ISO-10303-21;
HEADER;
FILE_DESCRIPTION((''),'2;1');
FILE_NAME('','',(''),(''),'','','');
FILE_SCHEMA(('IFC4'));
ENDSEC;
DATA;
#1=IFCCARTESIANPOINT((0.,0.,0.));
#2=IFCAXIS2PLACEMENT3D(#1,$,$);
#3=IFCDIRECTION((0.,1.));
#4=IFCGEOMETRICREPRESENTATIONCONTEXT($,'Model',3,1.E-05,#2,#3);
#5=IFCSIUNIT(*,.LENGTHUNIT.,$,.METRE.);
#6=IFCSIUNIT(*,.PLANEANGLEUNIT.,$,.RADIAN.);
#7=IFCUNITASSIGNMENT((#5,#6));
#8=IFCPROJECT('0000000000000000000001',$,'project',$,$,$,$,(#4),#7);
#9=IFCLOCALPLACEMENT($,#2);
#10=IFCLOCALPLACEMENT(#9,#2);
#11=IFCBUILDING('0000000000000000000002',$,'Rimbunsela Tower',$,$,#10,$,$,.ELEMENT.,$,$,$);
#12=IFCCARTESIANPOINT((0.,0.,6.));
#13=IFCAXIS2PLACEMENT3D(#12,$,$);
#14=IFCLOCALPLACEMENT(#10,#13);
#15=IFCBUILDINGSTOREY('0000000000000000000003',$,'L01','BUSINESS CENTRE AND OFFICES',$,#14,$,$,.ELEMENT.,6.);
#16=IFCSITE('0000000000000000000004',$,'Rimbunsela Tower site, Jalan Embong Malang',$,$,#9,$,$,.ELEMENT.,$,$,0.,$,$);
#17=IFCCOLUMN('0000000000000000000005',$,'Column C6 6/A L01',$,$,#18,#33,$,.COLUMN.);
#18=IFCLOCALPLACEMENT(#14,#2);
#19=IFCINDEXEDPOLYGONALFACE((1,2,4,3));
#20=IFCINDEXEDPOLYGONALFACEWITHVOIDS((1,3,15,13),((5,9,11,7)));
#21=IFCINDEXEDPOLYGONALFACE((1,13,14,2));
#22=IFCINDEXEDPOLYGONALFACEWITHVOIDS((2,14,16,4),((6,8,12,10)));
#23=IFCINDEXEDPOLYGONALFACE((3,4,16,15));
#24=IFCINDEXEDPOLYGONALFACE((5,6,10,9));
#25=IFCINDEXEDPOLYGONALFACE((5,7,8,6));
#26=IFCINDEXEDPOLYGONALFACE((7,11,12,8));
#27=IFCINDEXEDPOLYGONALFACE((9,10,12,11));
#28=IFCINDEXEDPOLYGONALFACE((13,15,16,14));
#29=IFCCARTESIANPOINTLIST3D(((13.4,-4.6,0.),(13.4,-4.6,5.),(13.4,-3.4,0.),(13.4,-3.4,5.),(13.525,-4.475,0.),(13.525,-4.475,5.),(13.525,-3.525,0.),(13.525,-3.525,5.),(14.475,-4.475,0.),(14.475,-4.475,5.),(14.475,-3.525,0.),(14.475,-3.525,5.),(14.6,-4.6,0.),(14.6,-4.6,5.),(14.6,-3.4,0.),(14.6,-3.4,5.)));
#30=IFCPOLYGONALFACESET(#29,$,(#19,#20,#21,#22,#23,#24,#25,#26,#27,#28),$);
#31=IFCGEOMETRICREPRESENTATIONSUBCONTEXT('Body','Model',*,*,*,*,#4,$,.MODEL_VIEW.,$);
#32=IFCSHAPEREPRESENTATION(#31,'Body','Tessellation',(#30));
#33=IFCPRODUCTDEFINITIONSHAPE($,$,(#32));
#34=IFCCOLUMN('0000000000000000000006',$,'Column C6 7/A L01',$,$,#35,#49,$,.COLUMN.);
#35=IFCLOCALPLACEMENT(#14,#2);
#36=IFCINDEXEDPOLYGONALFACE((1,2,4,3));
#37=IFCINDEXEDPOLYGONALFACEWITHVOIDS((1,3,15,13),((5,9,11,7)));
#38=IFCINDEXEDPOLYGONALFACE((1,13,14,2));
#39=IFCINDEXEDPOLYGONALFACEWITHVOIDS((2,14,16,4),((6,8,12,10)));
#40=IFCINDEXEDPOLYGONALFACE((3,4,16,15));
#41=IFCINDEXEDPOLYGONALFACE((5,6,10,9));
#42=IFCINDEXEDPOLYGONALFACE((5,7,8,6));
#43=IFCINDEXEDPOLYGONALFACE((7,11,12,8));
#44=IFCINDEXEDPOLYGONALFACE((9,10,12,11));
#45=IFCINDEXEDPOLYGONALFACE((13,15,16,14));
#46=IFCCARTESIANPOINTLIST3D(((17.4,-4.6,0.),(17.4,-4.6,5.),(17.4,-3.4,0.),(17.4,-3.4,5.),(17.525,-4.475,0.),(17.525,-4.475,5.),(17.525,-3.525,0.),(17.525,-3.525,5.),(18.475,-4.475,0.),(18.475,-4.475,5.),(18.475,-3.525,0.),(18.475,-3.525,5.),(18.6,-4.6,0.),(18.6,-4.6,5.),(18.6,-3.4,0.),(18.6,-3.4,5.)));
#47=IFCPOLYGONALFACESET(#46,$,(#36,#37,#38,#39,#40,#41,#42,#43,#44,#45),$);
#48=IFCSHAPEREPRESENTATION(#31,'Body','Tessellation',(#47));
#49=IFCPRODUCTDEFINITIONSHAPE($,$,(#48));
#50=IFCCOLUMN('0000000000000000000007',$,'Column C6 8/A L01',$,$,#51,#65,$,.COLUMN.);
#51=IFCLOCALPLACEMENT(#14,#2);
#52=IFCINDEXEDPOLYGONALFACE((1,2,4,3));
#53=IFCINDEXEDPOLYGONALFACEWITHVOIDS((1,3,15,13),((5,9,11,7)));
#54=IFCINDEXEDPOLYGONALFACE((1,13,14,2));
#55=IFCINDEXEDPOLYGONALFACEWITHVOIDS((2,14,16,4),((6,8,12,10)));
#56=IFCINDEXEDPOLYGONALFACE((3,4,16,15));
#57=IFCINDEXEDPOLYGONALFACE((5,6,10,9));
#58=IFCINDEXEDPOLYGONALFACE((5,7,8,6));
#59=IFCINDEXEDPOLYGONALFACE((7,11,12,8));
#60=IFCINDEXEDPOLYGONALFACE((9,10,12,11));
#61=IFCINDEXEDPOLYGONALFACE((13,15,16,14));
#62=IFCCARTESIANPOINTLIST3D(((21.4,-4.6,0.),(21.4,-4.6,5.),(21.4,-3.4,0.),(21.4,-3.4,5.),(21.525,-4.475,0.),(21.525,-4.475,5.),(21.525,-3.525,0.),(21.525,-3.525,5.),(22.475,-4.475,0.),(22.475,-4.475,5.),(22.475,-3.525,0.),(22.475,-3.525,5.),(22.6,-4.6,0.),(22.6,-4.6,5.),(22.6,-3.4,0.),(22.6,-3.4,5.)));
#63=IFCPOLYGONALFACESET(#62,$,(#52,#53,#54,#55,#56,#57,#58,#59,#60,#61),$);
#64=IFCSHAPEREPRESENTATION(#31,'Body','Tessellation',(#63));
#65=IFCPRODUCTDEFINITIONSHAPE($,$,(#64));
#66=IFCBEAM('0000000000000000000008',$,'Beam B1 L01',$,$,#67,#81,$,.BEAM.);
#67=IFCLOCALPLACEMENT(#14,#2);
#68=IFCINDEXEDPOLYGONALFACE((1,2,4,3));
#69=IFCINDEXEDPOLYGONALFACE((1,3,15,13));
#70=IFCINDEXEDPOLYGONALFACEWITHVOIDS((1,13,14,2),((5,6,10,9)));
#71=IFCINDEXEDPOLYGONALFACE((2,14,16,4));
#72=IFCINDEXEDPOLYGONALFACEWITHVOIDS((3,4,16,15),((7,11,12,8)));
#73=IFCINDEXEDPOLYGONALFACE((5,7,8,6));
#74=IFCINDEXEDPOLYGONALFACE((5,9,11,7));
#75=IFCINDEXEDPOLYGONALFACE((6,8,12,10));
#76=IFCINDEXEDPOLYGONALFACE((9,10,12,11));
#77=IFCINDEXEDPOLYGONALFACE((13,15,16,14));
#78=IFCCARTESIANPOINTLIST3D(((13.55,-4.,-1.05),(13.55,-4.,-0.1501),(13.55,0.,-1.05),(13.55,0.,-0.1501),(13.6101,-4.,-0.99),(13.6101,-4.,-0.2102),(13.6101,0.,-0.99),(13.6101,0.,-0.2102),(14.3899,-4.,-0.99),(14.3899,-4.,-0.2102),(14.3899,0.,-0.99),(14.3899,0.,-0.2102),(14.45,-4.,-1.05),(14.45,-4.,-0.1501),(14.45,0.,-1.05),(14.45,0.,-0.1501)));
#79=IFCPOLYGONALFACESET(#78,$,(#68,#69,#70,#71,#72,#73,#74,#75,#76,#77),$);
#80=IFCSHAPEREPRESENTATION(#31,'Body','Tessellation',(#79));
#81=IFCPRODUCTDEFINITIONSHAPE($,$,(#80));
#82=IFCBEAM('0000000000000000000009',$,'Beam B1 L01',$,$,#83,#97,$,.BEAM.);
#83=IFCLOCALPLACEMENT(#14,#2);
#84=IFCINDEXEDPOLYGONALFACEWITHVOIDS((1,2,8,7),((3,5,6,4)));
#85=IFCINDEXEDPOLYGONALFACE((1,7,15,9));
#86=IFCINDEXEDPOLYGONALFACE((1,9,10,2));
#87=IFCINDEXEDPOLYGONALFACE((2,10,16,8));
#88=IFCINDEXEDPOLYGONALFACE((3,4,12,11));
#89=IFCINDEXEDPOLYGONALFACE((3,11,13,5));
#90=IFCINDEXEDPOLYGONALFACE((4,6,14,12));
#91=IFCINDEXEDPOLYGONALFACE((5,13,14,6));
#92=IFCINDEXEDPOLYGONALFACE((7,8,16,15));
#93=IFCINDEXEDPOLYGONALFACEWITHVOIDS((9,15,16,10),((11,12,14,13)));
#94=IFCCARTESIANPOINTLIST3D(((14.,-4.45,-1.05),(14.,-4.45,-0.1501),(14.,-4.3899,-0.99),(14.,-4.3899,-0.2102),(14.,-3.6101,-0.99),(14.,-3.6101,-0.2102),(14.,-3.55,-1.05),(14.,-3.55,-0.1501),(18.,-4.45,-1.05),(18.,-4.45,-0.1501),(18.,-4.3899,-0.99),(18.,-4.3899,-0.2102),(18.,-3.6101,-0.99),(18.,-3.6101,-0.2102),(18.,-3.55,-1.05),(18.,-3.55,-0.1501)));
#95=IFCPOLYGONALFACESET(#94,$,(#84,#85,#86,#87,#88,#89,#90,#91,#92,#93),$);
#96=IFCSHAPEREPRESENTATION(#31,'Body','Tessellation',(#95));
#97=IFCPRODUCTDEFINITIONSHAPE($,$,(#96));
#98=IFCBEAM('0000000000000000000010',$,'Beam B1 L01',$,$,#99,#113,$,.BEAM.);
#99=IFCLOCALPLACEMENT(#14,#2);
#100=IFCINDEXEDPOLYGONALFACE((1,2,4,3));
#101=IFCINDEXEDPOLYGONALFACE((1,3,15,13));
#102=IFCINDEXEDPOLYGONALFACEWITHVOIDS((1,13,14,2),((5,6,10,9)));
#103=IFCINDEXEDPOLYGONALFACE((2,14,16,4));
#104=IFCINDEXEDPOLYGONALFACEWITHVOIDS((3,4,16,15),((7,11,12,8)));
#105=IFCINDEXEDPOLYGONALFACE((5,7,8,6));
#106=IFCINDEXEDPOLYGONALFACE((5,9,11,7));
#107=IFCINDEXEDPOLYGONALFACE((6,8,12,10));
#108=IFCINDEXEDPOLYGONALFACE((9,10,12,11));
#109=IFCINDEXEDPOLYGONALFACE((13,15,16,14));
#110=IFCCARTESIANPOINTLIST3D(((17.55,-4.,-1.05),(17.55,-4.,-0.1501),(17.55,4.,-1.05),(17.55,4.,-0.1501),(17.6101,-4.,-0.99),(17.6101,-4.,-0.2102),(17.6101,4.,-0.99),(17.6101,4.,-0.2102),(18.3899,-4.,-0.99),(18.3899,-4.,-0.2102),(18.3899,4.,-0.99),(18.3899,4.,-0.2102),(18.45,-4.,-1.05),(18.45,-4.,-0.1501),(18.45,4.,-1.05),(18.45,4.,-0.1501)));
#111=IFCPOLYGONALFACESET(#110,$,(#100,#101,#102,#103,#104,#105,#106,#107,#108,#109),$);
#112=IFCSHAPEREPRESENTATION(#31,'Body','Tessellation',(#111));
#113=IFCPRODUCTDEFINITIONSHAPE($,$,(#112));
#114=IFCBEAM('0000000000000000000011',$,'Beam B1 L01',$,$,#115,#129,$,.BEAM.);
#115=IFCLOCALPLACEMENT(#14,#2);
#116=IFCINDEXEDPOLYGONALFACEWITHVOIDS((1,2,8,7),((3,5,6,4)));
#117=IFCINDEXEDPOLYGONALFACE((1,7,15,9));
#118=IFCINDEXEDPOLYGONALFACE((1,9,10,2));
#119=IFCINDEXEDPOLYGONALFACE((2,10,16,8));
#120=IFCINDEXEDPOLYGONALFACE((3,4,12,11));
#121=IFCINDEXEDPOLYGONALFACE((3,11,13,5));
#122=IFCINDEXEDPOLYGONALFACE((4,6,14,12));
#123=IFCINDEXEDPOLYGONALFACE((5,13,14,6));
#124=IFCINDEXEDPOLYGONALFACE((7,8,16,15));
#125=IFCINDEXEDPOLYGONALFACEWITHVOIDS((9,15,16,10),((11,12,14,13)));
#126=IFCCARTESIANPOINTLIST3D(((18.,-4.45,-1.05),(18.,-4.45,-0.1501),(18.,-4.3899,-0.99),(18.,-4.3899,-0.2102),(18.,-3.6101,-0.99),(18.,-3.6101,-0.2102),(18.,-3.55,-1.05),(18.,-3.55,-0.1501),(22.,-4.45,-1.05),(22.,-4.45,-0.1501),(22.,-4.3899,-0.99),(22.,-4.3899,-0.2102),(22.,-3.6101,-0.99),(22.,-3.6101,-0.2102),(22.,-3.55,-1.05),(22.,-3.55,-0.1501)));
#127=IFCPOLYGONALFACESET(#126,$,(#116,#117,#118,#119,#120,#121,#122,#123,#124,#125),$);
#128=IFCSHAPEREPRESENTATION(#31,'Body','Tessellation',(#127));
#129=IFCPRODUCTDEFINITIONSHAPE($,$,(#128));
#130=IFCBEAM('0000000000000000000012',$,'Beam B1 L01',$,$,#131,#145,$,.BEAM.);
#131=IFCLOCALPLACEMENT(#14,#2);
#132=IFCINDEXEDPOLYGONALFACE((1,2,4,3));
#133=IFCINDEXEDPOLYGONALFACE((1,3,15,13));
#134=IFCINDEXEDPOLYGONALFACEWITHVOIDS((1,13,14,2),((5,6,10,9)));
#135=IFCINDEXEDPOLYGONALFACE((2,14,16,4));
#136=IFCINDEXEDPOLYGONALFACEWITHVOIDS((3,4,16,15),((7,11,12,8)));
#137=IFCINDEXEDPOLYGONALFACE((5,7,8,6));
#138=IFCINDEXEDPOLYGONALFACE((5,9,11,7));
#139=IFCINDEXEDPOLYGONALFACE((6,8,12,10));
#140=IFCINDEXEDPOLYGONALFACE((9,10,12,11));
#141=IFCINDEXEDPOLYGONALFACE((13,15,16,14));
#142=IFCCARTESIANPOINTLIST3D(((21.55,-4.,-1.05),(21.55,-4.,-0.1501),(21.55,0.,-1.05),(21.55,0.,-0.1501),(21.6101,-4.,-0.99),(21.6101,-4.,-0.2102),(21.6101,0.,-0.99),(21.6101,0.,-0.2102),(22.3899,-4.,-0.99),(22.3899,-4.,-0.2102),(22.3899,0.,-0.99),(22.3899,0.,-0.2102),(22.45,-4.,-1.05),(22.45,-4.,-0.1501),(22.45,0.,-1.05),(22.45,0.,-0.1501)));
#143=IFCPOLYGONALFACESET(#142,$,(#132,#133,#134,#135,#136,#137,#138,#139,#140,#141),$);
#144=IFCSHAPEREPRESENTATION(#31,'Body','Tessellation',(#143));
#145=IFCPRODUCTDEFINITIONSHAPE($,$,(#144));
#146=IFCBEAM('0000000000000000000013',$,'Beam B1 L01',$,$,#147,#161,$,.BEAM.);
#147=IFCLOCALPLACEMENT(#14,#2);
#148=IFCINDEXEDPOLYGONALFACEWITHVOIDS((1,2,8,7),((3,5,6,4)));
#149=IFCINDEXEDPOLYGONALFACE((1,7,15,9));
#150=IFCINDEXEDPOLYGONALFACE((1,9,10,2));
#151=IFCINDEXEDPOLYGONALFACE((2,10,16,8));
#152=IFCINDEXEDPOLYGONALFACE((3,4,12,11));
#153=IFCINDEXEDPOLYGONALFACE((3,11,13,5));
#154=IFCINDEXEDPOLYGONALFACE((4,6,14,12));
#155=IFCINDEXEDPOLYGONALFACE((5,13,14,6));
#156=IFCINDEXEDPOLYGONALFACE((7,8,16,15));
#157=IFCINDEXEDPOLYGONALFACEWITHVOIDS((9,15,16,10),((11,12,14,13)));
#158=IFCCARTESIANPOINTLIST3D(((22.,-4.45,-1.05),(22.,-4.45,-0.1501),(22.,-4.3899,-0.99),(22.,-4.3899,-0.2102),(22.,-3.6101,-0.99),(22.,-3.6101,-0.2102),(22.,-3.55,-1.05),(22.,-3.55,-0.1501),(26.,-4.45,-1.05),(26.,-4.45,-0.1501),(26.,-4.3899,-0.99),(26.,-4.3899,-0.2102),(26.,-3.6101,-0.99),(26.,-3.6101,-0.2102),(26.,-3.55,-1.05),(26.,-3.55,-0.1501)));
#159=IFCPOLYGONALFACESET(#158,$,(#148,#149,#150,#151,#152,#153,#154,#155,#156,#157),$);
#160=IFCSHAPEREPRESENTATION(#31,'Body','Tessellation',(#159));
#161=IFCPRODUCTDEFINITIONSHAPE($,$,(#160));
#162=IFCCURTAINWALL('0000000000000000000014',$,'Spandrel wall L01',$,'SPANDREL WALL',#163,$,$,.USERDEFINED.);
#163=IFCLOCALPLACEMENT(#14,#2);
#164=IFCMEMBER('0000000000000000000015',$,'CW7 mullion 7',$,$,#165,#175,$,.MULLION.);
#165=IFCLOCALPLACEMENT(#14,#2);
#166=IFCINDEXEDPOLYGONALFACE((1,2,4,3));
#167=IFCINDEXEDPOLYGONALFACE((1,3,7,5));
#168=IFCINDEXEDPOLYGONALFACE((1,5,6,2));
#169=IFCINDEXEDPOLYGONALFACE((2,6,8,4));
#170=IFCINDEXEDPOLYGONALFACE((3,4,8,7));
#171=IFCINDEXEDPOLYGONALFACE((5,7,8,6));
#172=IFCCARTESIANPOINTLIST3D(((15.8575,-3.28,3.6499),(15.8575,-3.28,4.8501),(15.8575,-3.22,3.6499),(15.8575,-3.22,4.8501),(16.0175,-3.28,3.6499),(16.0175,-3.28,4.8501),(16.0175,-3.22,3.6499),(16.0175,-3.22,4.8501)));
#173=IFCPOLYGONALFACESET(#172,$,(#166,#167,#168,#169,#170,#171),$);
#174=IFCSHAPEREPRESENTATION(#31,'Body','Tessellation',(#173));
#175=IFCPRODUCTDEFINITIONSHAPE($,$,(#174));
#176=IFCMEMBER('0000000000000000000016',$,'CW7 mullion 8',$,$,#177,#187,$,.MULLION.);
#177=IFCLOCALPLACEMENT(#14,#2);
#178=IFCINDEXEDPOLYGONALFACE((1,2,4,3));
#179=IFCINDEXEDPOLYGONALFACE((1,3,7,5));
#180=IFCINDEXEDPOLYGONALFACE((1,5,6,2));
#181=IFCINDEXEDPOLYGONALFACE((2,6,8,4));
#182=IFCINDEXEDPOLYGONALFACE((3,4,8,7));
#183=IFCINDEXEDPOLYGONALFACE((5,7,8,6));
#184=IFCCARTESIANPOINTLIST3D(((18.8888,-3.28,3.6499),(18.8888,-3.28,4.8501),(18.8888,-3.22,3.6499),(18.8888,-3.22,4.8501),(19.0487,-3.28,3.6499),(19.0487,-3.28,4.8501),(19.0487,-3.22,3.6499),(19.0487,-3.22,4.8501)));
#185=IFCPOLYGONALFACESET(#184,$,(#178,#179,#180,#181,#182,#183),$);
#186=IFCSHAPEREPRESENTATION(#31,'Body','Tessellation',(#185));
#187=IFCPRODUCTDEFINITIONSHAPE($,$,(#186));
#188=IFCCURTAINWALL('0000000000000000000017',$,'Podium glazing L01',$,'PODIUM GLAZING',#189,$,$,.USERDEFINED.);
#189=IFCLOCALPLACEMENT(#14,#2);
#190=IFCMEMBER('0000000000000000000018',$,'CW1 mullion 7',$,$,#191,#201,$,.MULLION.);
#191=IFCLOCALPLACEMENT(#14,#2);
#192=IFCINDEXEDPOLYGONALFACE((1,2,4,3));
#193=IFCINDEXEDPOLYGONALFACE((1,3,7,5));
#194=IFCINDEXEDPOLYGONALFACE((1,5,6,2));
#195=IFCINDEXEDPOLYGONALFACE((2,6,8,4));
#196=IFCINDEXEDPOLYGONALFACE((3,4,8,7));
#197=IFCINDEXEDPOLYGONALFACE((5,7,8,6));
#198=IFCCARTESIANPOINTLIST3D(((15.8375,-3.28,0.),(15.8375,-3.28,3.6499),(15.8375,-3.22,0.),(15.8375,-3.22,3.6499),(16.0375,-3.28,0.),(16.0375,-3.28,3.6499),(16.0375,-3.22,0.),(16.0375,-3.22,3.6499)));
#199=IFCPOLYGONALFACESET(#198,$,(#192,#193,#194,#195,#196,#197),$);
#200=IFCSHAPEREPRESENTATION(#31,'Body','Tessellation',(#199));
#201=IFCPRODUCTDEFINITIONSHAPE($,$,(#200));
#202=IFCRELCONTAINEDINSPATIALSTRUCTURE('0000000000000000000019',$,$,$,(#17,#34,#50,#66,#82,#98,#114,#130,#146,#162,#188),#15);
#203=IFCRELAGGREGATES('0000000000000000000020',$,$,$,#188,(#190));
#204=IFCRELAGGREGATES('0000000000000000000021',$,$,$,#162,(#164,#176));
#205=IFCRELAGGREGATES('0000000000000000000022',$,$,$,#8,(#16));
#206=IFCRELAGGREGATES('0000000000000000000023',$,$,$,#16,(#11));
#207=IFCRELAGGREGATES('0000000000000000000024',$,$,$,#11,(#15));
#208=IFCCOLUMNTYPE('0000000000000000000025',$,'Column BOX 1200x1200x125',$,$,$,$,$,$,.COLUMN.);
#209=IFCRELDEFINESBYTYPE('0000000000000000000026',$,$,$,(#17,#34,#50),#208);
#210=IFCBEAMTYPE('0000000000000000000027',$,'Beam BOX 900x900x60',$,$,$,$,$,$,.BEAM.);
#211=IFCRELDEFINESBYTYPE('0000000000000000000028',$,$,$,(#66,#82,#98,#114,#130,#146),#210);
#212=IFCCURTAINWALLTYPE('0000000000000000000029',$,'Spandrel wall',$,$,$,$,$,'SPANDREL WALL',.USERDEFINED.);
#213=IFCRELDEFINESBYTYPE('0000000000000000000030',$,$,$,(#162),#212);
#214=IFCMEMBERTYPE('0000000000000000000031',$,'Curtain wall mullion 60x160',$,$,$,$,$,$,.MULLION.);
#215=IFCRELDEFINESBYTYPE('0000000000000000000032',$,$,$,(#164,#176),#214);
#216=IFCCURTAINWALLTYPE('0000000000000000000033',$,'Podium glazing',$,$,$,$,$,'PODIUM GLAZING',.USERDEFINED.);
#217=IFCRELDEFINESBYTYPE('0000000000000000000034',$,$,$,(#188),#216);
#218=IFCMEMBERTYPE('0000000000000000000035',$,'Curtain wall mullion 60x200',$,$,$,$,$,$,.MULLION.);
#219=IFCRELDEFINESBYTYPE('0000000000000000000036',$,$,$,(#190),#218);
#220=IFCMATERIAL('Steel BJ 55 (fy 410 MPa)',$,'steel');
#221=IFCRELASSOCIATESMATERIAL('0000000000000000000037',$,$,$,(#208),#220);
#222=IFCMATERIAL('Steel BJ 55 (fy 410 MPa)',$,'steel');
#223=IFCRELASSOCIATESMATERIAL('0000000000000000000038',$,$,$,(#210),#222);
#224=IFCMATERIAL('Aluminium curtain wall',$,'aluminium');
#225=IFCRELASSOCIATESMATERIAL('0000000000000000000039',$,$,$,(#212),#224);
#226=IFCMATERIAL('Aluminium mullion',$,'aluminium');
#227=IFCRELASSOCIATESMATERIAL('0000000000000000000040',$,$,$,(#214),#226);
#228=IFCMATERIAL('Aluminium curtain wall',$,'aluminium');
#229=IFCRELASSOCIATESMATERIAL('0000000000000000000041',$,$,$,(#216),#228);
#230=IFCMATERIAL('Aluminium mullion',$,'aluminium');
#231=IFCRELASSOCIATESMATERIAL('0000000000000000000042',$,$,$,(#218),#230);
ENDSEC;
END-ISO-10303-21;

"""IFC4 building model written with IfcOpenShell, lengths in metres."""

from ifc_helpers import new_model, si_unit, direction, frame, origin, origin_2d, place, context, subcontext, project, spatial, rectangle, hollow_rectangle, extrude, material, material_profile, profile_set, type_object, element, aggregate, save


model = new_model("IFC4")

# Units and contexts
model_context = context("Model", 3, precision=1e-05, world=origin(), true_north=direction((0.0, 1.0)))
body_context = subcontext(model_context, "Body", "Model", "MODEL_VIEW")
ifc_project = project(units=[si_unit("LENGTHUNIT", "METRE"), si_unit("PLANEANGLEUNIT", "RADIAN")], contexts=[model_context])

# Site, building, storey
site_placement = place(None, origin())
site = spatial("IfcSite", under=ifc_project, at=site_placement, Name="Rimbunsela Tower site, Jalan Embong Malang", CompositionType="ELEMENT", RefElevation=0.0)
building_placement = place(site_placement, origin())
building = spatial("IfcBuilding", under=site, at=building_placement, Name="Rimbunsela Tower", CompositionType="ELEMENT")
storey_placement = place(building_placement, frame((0.0, 0.0, 6.0)))
storey = spatial("IfcBuildingStorey", under=building, at=storey_placement, Name="L01", Description="BUSINESS CENTRE AND OFFICES", CompositionType="ELEMENT", Elevation=6.0)

# Columns
ifc_material_1 = material(Name="Steel BJ 55 (fy 410 MPa)", Category="steel")
ifc_material_profile_1 = material_profile(ifc_material_1, hollow_rectangle(XDim=1.2, YDim=1.2, WallThickness=0.125, at=origin_2d()), Name="BOX 1200x1200x125")
ifc_profile_set_1 = profile_set([ifc_material_profile_1], Name="Steel BJ 55 (fy 410 MPa)")
column_type = type_object("IfcColumnType", Name="Column BOX 1200x1200x125", PredefinedType="COLUMN", material=ifc_profile_set_1)
for number, where, z_axis, x_axis, name in (
    (1, (14.0, -4.0, 0.0), (0.0, 0.0, 1.0), (1.0, 0.0, 0.0), "Column C6 6/A L01"),
    (2, (18.0, -4.0, 0.0), (0.0, 0.0, 1.0), (1.0, 0.0, 0.0), "Column C6 7/A L01"),
    (3, (22.0, -4.0, 0.0), (0.0, 0.0, 1.0), (1.0, 0.0, 0.0), "Column C6 8/A L01"),
):
    element("IfcColumn", number, at=place(storey_placement, frame(where, z_axis=z_axis, x_axis=x_axis)), inside=storey, type_object=column_type, Name=name, PredefinedType="COLUMN", context=body_context, shape_type="SweptSolid", body=[
        extrude(hollow_rectangle(XDim=1.2, YDim=1.2, WallThickness=0.125, at=origin_2d()), origin(), (0.0, 0.0, 1.0), 5.0),
    ])

# Beams
ifc_material_2 = material(Name="Steel BJ 55 (fy 410 MPa)", Category="steel")
ifc_material_profile_2 = material_profile(ifc_material_2, hollow_rectangle(XDim=0.8999, YDim=0.8999, WallThickness=0.0601, at=origin_2d()), Name="BOX 900x900x60")
ifc_profile_set_2 = profile_set([ifc_material_profile_2], Name="Steel BJ 55 (fy 410 MPa)")
beam_type = type_object("IfcBeamType", Name="Beam BOX 900x900x60", PredefinedType="BEAM", material=ifc_profile_set_2)
for number, where, z_axis, x_axis, name in (
    (4, (14.0, -4.0, -0.6001), (0.0, 1.0, 0.0), (-1.0, 0.0, 0.0), "Beam B1 L01"),
    (5, (14.0, -4.0, -0.6001), (1.0, 0.0, 0.0), (0.0, 1.0, 0.0), "Beam B1 L01"),
):
    element("IfcBeam", number, at=place(storey_placement, frame(where, z_axis=z_axis, x_axis=x_axis)), inside=storey, type_object=beam_type, Name=name, PredefinedType="BEAM", context=body_context, shape_type="SweptSolid", body=[
        extrude(hollow_rectangle(XDim=0.8999, YDim=0.8999, WallThickness=0.0601, at=origin_2d()), origin(), (0.0, 0.0, 1.0), 4.0),
    ])
beam_placement = place(storey_placement, frame((18.0, -4.0, -0.6001), z_axis=(0.0, 1.0, 0.0), x_axis=(-1.0, 0.0, 0.0)))
element("IfcBeam", 6, at=beam_placement, inside=storey, type_object=beam_type, Name="Beam B1 L01", PredefinedType="BEAM", context=body_context, shape_type="SweptSolid", body=[
    extrude(hollow_rectangle(XDim=0.8999, YDim=0.8999, WallThickness=0.0601, at=origin_2d()), origin(), (0.0, 0.0, 1.0), 8.0),
])
for number, where, z_axis, x_axis, name in (
    (7, (18.0, -4.0, -0.6001), (1.0, 0.0, 0.0), (0.0, 1.0, 0.0), "Beam B1 L01"),
    (8, (22.0, -4.0, -0.6001), (0.0, 1.0, 0.0), (-1.0, 0.0, 0.0), "Beam B1 L01"),
    (9, (22.0, -4.0, -0.6001), (1.0, 0.0, 0.0), (0.0, 1.0, 0.0), "Beam B1 L01"),
):
    element("IfcBeam", number, at=place(storey_placement, frame(where, z_axis=z_axis, x_axis=x_axis)), inside=storey, type_object=beam_type, Name=name, PredefinedType="BEAM", context=body_context, shape_type="SweptSolid", body=[
        extrude(hollow_rectangle(XDim=0.8999, YDim=0.8999, WallThickness=0.0601, at=origin_2d()), origin(), (0.0, 0.0, 1.0), 4.0),
    ])

# Curtain walls, members
ifc_material_3 = material(Name="Aluminium curtain wall", Category="aluminium")
curtain_wall_type_1 = type_object("IfcCurtainWallType", Name="Spandrel wall", ElementType="SPANDREL WALL", PredefinedType="USERDEFINED", material=ifc_material_3)
curtain_wall_1_placement = place(storey_placement, origin())
curtain_wall_1 = element("IfcCurtainWall", 10, at=curtain_wall_1_placement, inside=storey, type_object=curtain_wall_type_1, Name="Spandrel wall L01", ObjectType="SPANDREL WALL", PredefinedType="USERDEFINED")
ifc_material_4 = material(Name="Aluminium mullion", Category="aluminium")
ifc_material_profile_3 = material_profile(ifc_material_4, rectangle(XDim=0.0601, YDim=0.1599, at=origin_2d()), Name="Mullion 60x160")
ifc_profile_set_3 = profile_set([ifc_material_profile_3], Name="Aluminium mullion")
member_type_1 = type_object("IfcMemberType", Name="Curtain wall mullion 60x160", PredefinedType="MULLION", material=ifc_profile_set_3)
member_1_placement = place(storey_placement, frame((15.9375, -3.25, 3.6499), z_axis=(0.0, 0.0, 1.0), x_axis=(0.0, 1.0, 0.0)))
member_1 = element("IfcMember", 11, at=member_1_placement, type_object=member_type_1, Name="CW7 mullion 7", PredefinedType="MULLION", context=body_context, shape_type="SweptSolid", body=[
    extrude(rectangle(XDim=0.0601, YDim=0.1599, at=origin_2d()), origin(), (0.0, 0.0, 1.0), 1.2002),
])
member_2_placement = place(storey_placement, frame((18.9688, -3.25, 3.6499), z_axis=(0.0, 0.0, 1.0), x_axis=(0.0, 1.0, 0.0)))
member_2 = element("IfcMember", 12, at=member_2_placement, type_object=member_type_1, Name="CW7 mullion 8", PredefinedType="MULLION", context=body_context, shape_type="SweptSolid", body=[
    extrude(rectangle(XDim=0.0601, YDim=0.1599, at=origin_2d()), origin(), (0.0, 0.0, 1.0), 1.2002),
])
ifc_material_5 = material(Name="Aluminium curtain wall", Category="aluminium")
curtain_wall_type_2 = type_object("IfcCurtainWallType", Name="Podium glazing", ElementType="PODIUM GLAZING", PredefinedType="USERDEFINED", material=ifc_material_5)
curtain_wall_2_placement = place(storey_placement, origin())
curtain_wall_2 = element("IfcCurtainWall", 13, at=curtain_wall_2_placement, inside=storey, type_object=curtain_wall_type_2, Name="Podium glazing L01", ObjectType="PODIUM GLAZING", PredefinedType="USERDEFINED")
ifc_material_6 = material(Name="Aluminium mullion", Category="aluminium")
ifc_material_profile_4 = material_profile(ifc_material_6, rectangle(XDim=0.0601, YDim=0.2, at=origin_2d()), Name="Mullion 60x200")
ifc_profile_set_4 = profile_set([ifc_material_profile_4], Name="Aluminium mullion")
member_type_2 = type_object("IfcMemberType", Name="Curtain wall mullion 60x200", PredefinedType="MULLION", material=ifc_profile_set_4)
member_3_placement = place(storey_placement, frame((15.9375, -3.25, 0.0), z_axis=(0.0, 0.0, 1.0), x_axis=(0.0, 1.0, 0.0)))
member_3 = element("IfcMember", 14, at=member_3_placement, type_object=member_type_2, Name="CW1 mullion 7", PredefinedType="MULLION", context=body_context, shape_type="SweptSolid", body=[
    extrude(rectangle(XDim=0.0601, YDim=0.2, at=origin_2d()), origin(), (0.0, 0.0, 1.0), 3.6499),
])

aggregate(curtain_wall_2, [member_3])
aggregate(curtain_wall_1, [member_1, member_2])

save(model, "model.ifc")
